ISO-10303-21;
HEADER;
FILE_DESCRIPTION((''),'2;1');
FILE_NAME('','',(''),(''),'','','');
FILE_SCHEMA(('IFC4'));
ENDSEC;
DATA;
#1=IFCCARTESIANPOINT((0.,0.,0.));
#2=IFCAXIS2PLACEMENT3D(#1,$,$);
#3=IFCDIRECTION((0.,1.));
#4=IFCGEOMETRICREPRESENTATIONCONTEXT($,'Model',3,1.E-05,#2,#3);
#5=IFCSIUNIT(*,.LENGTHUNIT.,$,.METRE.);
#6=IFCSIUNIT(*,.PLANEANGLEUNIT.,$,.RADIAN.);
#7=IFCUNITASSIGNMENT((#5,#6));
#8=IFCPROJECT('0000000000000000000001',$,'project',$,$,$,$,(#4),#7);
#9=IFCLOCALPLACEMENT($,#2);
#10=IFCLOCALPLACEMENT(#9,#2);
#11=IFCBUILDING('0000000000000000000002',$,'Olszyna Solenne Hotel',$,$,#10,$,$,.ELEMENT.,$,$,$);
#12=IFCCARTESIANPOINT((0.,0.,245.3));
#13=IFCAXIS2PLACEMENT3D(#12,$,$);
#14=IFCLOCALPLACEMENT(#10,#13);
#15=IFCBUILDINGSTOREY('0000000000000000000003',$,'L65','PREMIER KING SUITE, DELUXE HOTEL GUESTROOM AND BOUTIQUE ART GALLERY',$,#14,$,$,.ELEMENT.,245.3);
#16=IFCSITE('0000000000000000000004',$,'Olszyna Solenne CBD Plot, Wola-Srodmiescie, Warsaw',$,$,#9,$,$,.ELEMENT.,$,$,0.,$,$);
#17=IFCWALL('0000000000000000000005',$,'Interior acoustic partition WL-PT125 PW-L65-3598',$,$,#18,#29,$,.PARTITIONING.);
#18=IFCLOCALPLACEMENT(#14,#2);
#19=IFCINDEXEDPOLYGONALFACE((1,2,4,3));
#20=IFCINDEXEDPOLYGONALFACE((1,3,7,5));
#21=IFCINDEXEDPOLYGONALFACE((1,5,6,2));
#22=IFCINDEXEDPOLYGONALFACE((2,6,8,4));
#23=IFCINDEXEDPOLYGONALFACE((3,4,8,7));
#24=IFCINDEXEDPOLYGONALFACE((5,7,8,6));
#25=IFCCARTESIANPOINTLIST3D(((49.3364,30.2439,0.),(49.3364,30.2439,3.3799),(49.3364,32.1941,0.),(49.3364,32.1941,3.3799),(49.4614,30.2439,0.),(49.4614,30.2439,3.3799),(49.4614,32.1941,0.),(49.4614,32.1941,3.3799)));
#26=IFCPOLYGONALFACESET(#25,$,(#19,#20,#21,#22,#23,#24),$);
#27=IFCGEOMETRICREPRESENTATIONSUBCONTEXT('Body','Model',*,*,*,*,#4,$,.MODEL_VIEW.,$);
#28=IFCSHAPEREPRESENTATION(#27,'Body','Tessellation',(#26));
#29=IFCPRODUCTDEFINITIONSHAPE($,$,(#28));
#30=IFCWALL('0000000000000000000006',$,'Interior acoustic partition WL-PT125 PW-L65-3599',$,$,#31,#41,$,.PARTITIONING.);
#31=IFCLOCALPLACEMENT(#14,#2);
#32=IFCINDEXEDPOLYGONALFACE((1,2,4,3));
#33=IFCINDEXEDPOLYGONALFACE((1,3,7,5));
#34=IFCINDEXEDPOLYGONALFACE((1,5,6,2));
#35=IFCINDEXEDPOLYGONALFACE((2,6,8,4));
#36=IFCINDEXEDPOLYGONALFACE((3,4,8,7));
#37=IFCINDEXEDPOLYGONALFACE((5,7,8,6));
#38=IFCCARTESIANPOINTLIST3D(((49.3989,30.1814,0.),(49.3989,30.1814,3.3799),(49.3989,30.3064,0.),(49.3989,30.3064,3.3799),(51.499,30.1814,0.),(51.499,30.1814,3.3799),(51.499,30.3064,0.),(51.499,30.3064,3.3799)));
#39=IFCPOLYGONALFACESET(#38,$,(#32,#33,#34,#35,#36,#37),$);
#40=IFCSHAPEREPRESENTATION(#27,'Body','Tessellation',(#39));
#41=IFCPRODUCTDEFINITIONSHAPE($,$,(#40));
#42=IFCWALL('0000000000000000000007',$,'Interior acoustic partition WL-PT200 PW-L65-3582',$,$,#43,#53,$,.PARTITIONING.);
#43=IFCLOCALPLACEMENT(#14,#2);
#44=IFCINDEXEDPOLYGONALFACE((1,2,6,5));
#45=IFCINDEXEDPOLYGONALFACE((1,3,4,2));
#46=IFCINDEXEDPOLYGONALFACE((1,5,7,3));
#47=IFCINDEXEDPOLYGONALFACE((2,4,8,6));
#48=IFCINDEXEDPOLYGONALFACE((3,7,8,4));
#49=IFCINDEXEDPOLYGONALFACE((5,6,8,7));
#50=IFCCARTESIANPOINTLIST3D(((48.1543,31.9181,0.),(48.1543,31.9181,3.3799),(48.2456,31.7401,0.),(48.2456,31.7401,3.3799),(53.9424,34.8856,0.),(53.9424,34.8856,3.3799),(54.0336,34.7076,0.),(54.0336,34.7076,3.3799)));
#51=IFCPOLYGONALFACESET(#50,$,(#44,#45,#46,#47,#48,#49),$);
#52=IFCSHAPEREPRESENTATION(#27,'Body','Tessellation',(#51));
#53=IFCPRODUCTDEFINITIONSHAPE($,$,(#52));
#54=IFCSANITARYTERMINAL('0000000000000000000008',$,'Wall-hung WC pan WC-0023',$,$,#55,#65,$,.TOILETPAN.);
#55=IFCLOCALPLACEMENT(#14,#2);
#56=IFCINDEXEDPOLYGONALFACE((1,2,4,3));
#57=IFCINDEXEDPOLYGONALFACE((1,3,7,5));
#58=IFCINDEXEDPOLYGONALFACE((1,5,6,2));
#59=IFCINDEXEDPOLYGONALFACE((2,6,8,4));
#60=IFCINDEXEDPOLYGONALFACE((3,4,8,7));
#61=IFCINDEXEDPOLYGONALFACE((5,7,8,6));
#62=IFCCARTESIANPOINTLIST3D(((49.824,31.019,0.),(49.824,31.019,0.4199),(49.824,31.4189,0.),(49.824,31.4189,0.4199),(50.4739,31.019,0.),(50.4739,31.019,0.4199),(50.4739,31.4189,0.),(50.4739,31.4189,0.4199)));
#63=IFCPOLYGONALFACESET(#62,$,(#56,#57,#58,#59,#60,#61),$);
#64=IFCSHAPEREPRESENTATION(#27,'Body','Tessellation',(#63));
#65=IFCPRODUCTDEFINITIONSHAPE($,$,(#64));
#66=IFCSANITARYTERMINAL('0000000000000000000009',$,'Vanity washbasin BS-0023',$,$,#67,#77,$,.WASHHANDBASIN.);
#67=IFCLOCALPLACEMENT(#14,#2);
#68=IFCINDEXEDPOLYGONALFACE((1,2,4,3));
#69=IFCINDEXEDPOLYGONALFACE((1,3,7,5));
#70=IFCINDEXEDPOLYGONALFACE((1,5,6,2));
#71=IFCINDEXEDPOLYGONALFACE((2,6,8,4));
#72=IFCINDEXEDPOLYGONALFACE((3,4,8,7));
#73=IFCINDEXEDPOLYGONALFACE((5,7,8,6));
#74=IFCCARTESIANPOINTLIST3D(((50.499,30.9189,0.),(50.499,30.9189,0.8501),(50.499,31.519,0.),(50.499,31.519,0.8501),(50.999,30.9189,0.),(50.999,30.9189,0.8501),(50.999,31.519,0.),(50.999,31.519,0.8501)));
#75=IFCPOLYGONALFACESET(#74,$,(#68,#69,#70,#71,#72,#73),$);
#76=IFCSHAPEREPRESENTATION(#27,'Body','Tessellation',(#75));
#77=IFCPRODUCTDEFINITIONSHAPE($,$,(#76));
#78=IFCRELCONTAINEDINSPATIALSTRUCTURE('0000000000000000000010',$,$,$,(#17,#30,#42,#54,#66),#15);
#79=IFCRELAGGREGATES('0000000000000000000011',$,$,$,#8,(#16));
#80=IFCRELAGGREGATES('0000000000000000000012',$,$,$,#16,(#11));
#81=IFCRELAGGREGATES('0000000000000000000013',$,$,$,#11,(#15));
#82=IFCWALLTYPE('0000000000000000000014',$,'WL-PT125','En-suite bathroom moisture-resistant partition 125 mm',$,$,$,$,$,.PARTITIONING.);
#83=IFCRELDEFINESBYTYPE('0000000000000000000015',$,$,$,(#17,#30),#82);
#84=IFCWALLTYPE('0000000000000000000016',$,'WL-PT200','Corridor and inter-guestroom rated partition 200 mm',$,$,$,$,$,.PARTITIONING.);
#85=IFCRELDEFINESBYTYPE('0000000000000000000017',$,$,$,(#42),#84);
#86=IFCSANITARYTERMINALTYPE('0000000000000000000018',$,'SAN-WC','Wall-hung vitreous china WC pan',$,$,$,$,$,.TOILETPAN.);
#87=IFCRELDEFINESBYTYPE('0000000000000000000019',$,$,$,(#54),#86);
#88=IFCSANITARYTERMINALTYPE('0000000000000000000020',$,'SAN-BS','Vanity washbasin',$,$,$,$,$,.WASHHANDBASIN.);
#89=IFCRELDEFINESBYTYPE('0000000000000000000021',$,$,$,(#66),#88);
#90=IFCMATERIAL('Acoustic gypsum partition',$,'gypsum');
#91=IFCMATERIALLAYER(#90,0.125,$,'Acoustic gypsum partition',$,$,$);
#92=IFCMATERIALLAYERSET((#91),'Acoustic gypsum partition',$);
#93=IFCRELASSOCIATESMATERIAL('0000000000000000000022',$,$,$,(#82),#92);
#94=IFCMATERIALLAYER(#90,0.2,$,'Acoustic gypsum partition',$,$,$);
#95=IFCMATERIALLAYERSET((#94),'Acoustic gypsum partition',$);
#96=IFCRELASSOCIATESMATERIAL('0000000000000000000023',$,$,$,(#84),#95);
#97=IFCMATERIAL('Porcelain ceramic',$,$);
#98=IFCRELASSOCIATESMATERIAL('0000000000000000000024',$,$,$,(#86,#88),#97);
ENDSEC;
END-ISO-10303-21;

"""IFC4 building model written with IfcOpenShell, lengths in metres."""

from ifc_helpers import new_model, si_unit, direction, frame, frame_2d, origin, origin_2d, place, context, subcontext, project, spatial, rectangle, extrude, source, transform, mapped, material, layer, layer_set, type_object, element, save


model = new_model("IFC4")

# Units and contexts
model_context = context("Model", 3, precision=1e-05, world=origin(), true_north=direction((0.0, 1.0)))
body_context = subcontext(model_context, "Body", "Model", "MODEL_VIEW")
ifc_project = project(units=[si_unit("LENGTHUNIT", "METRE"), si_unit("PLANEANGLEUNIT", "RADIAN")], contexts=[model_context])

# Site, building, storey
site_placement = place(None, origin())
site = spatial("IfcSite", under=ifc_project, at=site_placement, Name="Olszyna Solenne CBD Plot, Wola-Srodmiescie, Warsaw", CompositionType="ELEMENT", RefElevation=0.0)
building_placement = place(site_placement, origin())
building = spatial("IfcBuilding", under=site, at=building_placement, Name="Olszyna Solenne Hotel", CompositionType="ELEMENT")
storey_placement = place(building_placement, frame((0.0, 0.0, 245.3)))
storey = spatial("IfcBuildingStorey", under=building, at=storey_placement, Name="L65", Description="PREMIER KING SUITE, DELUXE HOTEL GUESTROOM AND BOUTIQUE ART GALLERY", CompositionType="ELEMENT", Elevation=245.3)

# Shared definitions
ifc_material_1 = material(Name="Acoustic gypsum partition", Category="gypsum")
ifc_layer_1 = layer(ifc_material_1, 0.125, Name="Acoustic gypsum partition")
ifc_layer_set_1 = layer_set([ifc_layer_1], Name="Acoustic gypsum partition")
wall_type_1 = type_object("IfcWallType", Name="WL-PT125", Description="En-suite bathroom moisture-resistant partition 125 mm", PredefinedType="PARTITIONING", material=ifc_layer_set_1)

# Walls
wall_1_placement = place(storey_placement, frame((49.3989, 32.1941, 0.0), z_axis=(0.0, 0.0, 1.0), x_axis=(0.0, -1.0, 0.0)))
element("IfcWall", 1, at=wall_1_placement, inside=storey, type_object=wall_type_1, Name="Interior acoustic partition WL-PT125 PW-L65-3598", PredefinedType="PARTITIONING", context=body_context, shape_type="SweptSolid", body=[
    extrude(rectangle(XDim=1.9502, YDim=0.125, at=frame_2d((0.9751, 0.0))), origin(), (0.0, 0.0, 1.0), 3.3799),
])
wall_2_placement = place(storey_placement, frame((49.3989, 30.2439, 0.0), z_axis=(0.0, 0.0, 1.0), x_axis=(1.0, 0.0, 0.0)))
element("IfcWall", 2, at=wall_2_placement, inside=storey, type_object=wall_type_1, Name="Interior acoustic partition WL-PT125 PW-L65-3599", PredefinedType="PARTITIONING", context=body_context, shape_type="SweptSolid", body=[
    extrude(rectangle(XDim=2.1001, YDim=0.125, at=frame_2d((1.05, 0.0))), origin(), (0.0, 0.0, 1.0), 3.3799),
])
ifc_layer_2 = layer(ifc_material_1, 0.2, Name="Acoustic gypsum partition")
ifc_layer_set_2 = layer_set([ifc_layer_2], Name="Acoustic gypsum partition")
wall_type_2 = type_object("IfcWallType", Name="WL-PT200", Description="Corridor and inter-guestroom rated partition 200 mm", PredefinedType="PARTITIONING", material=ifc_layer_set_2)
wall_3_placement = place(storey_placement, frame((48.2, 31.8291, 0.0), z_axis=(0.0, 0.0, 1.0), x_axis=(0.889862, 0.456229, 0.0)))
element("IfcWall", 3, at=wall_3_placement, inside=storey, type_object=wall_type_2, Name="Interior acoustic partition WL-PT200 PW-L65-3582", PredefinedType="PARTITIONING", context=body_context, shape_type="SweptSolid", body=[
    extrude(rectangle(XDim=6.5044, YDim=0.2, at=frame_2d((3.2522, 0.0))), origin(), (0.0, 0.0, 1.0), 3.3799),
])

# Sanitary terminals
ifc_material_2 = material(Name="Porcelain ceramic")
sanitary_terminal_type_1 = type_object("IfcSanitaryTerminalType", Name="SAN-WC", Description="Wall-hung vitreous china WC pan", PredefinedType="TOILETPAN", material=ifc_material_2)
shared_shape_1 = source(origin(), body_context, "Body", "SweptSolid", [
    extrude(rectangle(XDim=0.6499, YDim=0.3999, at=origin_2d()), origin(), (0.0, 0.0, 1.0), 0.4199),
])
sanitary_terminal_1_placement = place(storey_placement, frame((50.1489, 31.219, 0.0), z_axis=(0.0, 0.0, 1.0), x_axis=(1.0, 0.0, 0.0)))
element("IfcSanitaryTerminal", 4, at=sanitary_terminal_1_placement, inside=storey, type_object=sanitary_terminal_type_1, Name="Wall-hung WC pan WC-0023", PredefinedType="TOILETPAN", context=body_context, shape_type="MappedRepresentation", body=[
    mapped(shared_shape_1, transform((0.0, 0.0, 0.0), x_axis=(1.0, 0.0, 0.0), y_axis=(0.0, 1.0, 0.0), z_axis=(0.0, 0.0, 1.0), scale=1.0)),
])
sanitary_terminal_type_2 = type_object("IfcSanitaryTerminalType", Name="SAN-BS", Description="Vanity washbasin", PredefinedType="WASHHANDBASIN", material=ifc_material_2)
shared_shape_2 = source(origin(), body_context, "Body", "SweptSolid", [
    extrude(rectangle(XDim=0.5, YDim=0.6001, at=origin_2d()), origin(), (0.0, 0.0, 1.0), 0.8501),
])
sanitary_terminal_2_placement = place(storey_placement, frame((50.749, 31.219, 0.0), z_axis=(0.0, 0.0, 1.0), x_axis=(1.0, 0.0, 0.0)))
element("IfcSanitaryTerminal", 5, at=sanitary_terminal_2_placement, inside=storey, type_object=sanitary_terminal_type_2, Name="Vanity washbasin BS-0023", PredefinedType="WASHHANDBASIN", context=body_context, shape_type="MappedRepresentation", body=[
    mapped(shared_shape_2, transform((0.0, 0.0, 0.0), x_axis=(1.0, 0.0, 0.0), y_axis=(0.0, 1.0, 0.0), z_axis=(0.0, 0.0, 1.0), scale=1.0)),
])

save(model, "model.ifc")
